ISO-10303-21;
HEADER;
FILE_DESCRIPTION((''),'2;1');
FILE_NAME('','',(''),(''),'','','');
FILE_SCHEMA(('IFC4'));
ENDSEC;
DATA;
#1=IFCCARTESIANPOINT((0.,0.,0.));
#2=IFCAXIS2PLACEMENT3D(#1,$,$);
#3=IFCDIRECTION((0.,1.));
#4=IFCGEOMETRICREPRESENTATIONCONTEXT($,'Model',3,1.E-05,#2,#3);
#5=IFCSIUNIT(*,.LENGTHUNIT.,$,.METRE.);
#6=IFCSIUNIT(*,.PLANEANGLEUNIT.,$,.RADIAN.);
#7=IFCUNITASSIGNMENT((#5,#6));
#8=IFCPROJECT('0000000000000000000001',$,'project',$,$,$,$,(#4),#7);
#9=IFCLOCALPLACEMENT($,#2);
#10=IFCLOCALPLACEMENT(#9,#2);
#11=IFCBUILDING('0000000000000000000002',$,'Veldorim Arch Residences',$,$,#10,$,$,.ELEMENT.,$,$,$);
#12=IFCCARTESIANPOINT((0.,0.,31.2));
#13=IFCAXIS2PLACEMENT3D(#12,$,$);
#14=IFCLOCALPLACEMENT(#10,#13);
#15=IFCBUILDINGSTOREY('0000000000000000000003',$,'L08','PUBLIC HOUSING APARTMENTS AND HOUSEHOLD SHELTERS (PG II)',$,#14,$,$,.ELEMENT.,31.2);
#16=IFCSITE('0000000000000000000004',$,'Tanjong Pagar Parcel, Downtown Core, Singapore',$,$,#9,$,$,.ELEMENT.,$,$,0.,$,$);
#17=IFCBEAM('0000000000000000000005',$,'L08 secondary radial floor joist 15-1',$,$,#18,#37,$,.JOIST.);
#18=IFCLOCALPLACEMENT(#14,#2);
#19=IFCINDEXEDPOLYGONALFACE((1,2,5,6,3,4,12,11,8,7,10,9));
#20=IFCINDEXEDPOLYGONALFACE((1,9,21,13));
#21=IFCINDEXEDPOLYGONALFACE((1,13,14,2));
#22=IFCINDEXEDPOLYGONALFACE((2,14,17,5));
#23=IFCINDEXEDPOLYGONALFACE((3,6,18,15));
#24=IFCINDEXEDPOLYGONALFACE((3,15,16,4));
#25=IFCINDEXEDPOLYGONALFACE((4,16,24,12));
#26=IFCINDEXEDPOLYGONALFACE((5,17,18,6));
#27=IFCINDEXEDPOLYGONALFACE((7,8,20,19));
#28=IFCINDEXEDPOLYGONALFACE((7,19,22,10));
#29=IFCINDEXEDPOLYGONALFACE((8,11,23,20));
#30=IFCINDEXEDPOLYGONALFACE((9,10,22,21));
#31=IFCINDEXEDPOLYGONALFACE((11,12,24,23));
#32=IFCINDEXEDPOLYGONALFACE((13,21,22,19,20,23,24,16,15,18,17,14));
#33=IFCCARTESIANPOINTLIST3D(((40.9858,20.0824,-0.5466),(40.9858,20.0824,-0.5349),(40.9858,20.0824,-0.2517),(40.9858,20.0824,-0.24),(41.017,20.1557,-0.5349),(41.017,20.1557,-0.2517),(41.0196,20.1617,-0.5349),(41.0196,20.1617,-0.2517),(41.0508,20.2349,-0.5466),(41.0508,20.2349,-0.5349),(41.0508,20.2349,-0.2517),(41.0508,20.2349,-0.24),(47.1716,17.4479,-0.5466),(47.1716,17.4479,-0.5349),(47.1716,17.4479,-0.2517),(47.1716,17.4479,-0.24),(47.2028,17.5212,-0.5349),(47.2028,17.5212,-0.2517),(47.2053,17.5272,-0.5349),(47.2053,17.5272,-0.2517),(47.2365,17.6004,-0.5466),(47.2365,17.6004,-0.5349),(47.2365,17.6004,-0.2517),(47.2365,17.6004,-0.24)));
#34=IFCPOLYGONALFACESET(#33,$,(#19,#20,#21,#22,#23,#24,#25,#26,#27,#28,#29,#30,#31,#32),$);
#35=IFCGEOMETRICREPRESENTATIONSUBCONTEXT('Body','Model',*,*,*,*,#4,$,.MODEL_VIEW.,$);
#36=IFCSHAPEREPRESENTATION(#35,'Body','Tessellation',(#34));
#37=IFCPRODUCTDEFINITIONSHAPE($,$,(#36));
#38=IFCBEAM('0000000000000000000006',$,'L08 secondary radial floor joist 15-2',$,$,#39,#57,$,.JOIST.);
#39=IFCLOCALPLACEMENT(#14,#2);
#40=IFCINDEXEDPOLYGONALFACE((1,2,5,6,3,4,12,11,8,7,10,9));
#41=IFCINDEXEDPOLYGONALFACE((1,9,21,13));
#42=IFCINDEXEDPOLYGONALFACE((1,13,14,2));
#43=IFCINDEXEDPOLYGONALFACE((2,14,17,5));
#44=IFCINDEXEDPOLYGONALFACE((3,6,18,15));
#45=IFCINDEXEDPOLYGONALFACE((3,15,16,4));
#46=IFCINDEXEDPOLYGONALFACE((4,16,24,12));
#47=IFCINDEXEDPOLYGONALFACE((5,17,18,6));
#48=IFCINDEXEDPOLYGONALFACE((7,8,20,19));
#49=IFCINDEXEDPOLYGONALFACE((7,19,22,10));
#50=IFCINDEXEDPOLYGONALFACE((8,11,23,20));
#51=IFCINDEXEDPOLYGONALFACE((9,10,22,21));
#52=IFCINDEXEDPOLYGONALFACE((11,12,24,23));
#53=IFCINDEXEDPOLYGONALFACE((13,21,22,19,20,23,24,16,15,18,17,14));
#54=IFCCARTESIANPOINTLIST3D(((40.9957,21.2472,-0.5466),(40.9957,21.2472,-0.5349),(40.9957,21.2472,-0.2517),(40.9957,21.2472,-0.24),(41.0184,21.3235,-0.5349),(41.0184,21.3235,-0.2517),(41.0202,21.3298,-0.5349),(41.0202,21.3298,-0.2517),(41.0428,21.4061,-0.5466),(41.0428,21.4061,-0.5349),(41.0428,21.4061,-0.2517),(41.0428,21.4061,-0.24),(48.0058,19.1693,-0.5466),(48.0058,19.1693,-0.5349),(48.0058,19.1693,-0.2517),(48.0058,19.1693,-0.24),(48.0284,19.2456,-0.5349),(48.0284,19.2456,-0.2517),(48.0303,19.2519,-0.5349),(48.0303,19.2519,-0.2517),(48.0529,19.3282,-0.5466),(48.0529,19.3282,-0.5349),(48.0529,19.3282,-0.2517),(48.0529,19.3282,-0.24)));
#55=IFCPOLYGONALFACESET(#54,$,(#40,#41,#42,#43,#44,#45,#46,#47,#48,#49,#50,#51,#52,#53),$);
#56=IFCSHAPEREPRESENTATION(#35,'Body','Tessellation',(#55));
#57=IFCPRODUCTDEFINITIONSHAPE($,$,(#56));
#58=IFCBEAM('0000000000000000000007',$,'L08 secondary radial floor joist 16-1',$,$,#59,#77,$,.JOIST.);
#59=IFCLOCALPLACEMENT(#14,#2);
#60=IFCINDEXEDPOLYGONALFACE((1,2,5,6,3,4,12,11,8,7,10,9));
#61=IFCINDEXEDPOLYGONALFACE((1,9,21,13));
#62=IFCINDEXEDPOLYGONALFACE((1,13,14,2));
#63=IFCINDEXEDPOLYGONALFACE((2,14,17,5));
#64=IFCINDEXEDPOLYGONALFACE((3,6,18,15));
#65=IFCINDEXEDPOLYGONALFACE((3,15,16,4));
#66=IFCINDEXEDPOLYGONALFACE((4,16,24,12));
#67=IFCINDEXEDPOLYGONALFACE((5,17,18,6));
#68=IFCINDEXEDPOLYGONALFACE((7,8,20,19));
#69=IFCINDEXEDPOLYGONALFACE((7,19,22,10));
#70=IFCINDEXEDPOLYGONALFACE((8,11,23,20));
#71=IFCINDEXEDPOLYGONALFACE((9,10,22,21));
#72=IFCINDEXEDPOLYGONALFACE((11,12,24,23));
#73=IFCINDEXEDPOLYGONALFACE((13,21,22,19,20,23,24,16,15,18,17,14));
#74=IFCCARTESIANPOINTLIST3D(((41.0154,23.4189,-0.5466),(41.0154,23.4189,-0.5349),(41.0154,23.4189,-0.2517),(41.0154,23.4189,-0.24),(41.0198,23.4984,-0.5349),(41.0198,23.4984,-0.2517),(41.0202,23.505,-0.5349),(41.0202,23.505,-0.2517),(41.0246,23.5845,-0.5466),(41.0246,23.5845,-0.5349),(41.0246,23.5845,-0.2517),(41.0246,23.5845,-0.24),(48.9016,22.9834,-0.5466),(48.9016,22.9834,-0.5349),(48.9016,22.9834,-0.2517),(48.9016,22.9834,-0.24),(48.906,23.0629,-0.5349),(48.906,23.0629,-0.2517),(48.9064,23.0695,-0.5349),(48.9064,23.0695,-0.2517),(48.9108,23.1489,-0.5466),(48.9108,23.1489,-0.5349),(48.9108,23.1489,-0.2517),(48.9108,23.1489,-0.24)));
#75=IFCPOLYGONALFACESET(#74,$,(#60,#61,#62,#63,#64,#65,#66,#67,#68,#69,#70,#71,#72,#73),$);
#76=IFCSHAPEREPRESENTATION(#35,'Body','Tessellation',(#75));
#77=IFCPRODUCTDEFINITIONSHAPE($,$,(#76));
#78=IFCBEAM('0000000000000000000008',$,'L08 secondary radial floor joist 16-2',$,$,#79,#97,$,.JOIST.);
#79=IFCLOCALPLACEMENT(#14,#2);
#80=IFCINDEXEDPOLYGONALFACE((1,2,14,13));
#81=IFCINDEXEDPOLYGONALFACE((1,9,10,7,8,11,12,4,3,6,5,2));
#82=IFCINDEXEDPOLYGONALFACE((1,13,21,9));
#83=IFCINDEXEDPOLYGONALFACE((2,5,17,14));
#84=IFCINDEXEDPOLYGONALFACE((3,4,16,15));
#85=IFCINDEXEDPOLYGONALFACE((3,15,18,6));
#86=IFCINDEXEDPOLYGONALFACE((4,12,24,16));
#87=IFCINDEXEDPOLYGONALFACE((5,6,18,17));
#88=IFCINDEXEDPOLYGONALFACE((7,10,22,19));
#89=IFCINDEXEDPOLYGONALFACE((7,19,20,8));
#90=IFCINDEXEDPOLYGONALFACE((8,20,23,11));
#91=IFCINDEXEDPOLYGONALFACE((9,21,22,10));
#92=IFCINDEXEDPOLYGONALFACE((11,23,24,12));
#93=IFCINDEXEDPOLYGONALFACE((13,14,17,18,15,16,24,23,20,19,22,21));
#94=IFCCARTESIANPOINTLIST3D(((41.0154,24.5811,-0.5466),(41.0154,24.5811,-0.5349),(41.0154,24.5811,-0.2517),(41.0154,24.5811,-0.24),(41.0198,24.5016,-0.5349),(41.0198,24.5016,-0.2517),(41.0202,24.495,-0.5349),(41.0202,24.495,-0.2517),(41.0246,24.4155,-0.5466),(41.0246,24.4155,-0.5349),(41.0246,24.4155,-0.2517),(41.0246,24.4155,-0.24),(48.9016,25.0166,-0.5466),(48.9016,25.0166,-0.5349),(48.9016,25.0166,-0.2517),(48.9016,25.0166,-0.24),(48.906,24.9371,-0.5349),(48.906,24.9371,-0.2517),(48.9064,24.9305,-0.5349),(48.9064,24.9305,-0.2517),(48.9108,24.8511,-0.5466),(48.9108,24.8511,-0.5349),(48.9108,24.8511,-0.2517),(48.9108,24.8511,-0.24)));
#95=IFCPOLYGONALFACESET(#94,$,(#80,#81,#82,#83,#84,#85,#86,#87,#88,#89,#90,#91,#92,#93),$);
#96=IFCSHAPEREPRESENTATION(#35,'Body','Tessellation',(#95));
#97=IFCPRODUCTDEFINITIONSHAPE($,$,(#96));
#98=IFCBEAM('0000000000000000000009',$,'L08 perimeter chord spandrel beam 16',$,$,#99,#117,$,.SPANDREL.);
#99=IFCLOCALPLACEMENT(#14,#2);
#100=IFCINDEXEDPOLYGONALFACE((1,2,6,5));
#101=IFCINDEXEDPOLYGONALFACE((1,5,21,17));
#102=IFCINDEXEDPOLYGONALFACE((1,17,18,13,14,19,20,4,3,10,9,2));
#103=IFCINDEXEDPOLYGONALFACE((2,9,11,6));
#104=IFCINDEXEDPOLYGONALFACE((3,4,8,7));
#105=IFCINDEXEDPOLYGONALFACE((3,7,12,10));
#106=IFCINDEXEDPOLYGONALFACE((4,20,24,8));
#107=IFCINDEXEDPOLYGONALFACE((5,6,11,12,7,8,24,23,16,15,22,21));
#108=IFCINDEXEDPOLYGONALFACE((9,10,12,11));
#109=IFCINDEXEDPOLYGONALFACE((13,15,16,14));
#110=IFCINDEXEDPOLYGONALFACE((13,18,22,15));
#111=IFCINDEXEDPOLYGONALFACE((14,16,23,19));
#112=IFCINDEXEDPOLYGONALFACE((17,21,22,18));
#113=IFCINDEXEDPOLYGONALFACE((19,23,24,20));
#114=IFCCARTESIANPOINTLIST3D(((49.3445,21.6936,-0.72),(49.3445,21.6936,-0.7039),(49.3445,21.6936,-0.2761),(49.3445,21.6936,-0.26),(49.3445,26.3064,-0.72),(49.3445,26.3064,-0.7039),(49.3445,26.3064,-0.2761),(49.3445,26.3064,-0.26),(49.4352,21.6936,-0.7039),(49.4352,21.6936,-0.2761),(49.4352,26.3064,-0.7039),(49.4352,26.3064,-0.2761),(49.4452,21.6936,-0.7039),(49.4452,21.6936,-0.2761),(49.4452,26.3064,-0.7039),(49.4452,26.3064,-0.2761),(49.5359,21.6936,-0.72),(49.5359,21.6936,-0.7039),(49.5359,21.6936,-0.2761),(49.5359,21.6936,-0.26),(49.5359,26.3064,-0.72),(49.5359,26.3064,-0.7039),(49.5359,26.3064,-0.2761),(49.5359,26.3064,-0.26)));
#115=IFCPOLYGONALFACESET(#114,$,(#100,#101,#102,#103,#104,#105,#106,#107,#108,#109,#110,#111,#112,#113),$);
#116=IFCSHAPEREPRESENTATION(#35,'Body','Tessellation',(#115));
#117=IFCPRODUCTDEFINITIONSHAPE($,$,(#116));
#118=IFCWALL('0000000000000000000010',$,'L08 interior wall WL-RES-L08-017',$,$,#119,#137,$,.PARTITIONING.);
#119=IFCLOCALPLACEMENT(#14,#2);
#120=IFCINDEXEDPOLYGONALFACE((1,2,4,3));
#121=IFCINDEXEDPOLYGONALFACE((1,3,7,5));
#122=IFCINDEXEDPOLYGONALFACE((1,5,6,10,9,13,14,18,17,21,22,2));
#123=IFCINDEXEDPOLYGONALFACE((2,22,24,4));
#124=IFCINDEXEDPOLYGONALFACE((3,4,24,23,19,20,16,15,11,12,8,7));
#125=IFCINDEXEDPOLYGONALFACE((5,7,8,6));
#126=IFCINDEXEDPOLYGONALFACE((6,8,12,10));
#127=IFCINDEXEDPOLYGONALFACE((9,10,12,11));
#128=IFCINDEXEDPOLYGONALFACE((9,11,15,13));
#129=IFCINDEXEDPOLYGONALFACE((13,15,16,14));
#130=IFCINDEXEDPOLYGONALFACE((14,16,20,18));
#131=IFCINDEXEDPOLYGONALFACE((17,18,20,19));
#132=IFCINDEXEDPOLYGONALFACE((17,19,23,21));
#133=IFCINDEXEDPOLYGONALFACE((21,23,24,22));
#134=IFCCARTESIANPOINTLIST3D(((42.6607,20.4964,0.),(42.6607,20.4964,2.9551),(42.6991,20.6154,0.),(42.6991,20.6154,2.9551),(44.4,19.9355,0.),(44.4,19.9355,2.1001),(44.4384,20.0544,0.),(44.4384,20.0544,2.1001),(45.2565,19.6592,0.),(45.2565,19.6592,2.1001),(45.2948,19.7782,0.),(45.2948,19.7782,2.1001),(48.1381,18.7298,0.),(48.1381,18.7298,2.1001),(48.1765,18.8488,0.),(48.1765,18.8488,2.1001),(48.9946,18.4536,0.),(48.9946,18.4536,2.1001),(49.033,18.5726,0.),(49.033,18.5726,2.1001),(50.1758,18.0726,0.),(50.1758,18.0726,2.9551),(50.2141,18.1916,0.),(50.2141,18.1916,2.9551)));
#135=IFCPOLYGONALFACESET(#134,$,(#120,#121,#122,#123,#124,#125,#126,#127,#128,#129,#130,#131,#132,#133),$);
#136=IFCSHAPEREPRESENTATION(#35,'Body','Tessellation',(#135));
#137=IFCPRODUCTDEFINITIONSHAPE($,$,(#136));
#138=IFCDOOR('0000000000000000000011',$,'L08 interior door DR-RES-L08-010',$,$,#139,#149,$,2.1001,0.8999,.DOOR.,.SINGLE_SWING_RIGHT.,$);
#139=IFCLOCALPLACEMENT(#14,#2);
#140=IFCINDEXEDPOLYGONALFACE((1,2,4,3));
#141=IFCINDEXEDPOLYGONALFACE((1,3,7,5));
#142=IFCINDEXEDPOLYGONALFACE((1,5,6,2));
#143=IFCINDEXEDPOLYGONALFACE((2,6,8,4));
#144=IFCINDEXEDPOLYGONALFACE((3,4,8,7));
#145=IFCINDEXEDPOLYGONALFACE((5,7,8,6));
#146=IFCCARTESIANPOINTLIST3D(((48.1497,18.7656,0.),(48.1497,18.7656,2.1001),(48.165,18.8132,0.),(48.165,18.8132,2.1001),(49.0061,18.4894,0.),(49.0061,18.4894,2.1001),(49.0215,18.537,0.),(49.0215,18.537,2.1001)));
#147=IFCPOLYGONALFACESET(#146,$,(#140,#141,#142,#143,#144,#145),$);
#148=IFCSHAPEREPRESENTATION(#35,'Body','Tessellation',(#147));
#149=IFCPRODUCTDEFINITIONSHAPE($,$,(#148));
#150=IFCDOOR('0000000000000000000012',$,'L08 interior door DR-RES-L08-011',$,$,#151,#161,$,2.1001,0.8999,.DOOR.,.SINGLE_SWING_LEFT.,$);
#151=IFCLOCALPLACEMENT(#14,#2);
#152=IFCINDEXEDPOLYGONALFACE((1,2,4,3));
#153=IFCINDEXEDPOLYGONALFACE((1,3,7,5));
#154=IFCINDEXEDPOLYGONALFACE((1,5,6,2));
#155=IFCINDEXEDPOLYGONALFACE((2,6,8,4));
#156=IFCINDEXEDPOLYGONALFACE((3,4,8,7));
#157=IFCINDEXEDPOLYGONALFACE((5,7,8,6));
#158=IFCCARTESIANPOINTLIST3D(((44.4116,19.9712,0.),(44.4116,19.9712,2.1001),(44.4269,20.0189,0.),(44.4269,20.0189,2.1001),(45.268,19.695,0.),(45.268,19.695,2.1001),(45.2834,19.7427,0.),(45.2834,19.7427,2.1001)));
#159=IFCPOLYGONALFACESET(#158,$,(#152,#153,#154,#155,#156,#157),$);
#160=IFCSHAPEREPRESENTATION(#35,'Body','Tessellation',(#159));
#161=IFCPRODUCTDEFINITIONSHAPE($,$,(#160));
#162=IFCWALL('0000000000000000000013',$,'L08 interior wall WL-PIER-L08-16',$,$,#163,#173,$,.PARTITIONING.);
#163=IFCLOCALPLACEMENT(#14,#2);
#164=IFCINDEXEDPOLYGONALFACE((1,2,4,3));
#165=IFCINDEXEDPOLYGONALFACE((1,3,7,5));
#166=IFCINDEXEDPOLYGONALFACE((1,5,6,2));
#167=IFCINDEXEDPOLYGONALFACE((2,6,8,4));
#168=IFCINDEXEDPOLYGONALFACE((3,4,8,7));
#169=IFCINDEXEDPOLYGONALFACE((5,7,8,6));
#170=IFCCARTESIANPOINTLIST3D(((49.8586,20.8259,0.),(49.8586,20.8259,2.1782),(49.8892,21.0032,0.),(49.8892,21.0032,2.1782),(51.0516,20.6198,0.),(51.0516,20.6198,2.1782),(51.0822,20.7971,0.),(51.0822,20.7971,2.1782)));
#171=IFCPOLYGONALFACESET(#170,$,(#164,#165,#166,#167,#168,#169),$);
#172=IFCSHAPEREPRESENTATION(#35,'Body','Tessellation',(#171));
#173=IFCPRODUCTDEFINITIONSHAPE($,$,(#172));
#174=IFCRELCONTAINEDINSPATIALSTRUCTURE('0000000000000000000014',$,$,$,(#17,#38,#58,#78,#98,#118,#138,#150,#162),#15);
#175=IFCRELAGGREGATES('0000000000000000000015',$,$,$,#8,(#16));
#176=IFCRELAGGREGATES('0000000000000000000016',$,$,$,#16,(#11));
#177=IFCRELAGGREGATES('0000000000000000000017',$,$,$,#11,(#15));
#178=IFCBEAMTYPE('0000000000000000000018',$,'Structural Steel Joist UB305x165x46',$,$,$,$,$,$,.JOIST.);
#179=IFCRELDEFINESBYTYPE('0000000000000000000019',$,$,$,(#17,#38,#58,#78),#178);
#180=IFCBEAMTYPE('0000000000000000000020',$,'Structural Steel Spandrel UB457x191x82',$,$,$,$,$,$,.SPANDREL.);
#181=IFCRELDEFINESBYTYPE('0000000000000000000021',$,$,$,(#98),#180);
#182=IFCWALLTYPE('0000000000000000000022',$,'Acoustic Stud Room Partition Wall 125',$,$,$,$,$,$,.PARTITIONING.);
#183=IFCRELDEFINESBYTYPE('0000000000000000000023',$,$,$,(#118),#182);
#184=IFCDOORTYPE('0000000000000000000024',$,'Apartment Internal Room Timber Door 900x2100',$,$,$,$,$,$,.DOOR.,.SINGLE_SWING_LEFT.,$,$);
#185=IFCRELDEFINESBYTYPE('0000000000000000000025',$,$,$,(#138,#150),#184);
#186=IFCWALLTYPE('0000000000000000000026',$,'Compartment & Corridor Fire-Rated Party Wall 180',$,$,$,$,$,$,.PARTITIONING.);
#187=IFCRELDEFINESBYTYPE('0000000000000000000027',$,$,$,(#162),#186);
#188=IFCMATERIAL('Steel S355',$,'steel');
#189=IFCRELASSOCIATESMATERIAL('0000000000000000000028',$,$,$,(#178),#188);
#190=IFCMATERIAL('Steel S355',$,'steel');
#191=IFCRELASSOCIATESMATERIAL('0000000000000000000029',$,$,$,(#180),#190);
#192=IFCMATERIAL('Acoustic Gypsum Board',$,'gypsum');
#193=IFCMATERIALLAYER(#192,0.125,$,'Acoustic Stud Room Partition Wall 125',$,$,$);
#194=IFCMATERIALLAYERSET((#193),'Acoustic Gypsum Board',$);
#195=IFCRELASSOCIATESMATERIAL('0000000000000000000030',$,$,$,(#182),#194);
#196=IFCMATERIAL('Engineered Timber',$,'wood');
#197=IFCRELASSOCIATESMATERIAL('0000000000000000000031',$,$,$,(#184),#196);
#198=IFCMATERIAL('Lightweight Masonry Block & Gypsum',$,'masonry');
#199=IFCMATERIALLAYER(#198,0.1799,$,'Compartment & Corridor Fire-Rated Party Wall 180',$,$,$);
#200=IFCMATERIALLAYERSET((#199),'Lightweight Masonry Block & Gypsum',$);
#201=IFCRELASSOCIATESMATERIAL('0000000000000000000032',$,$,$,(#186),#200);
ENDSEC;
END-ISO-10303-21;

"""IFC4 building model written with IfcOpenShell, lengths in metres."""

from ifc_helpers import new_model, si_unit, direction, frame, frame_2d, origin, origin_2d, place, context, subcontext, project, spatial, rectangle, i_section, extrude, material, layer, layer_set, material_profile, profile_set, type_object, element, fill, save


model = new_model("IFC4")

# Units and contexts
model_context = context("Model", 3, precision=1e-05, world=origin(), true_north=direction((0.0, 1.0)))
body_context = subcontext(model_context, "Body", "Model", "MODEL_VIEW")
ifc_project = project(units=[si_unit("LENGTHUNIT", "METRE"), si_unit("PLANEANGLEUNIT", "RADIAN")], contexts=[model_context])

# Site, building, storey
site_placement = place(None, origin())
site = spatial("IfcSite", under=ifc_project, at=site_placement, Name="Tanjong Pagar Parcel, Downtown Core, Singapore", CompositionType="ELEMENT", RefElevation=0.0)
building_placement = place(site_placement, origin())
building = spatial("IfcBuilding", under=site, at=building_placement, Name="Veldorim Arch Residences", CompositionType="ELEMENT")
storey_placement = place(building_placement, frame((0.0, 0.0, 31.2)))
storey = spatial("IfcBuildingStorey", under=building, at=storey_placement, Name="L08", Description="PUBLIC HOUSING APARTMENTS AND HOUSEHOLD SHELTERS (PG II)", CompositionType="ELEMENT", Elevation=31.2)

# Beams
ifc_material_1 = material(Name="Steel S355", Category="steel")
ifc_material_profile_1 = material_profile(ifc_material_1, i_section(OverallWidth=0.1658, OverallDepth=0.3066, WebThickness=0.0066, FlangeThickness=0.0117, at=origin_2d()), Name="UB305x165x46")
ifc_profile_set_1 = profile_set([ifc_material_profile_1], Name="Steel S355")
beam_type_1 = type_object("IfcBeamType", Name="Structural Steel Joist UB305x165x46", PredefinedType="JOIST", material=ifc_profile_set_1)
beam_1_placement = place(storey_placement, frame((41.0183, 20.1587, -0.3933), z_axis=(0.920033, -0.391841, 0.0), x_axis=(0.391841, 0.920033, 0.0)))
element("IfcBeam", 1, at=beam_1_placement, inside=storey, type_object=beam_type_1, Name="L08 secondary radial floor joist 15-1", PredefinedType="JOIST", context=body_context, shape_type="SweptSolid", body=[
    extrude(i_section(OverallWidth=0.1658, OverallDepth=0.3066, WebThickness=0.0066, FlangeThickness=0.0117, at=origin_2d()), origin(), (0.0, 0.0, 1.0), 6.7234),
])
beam_2_placement = place(storey_placement, frame((41.0193, 21.3267, -0.3933), z_axis=(0.958767, -0.284194, 0.0), x_axis=(0.284194, 0.958767, 0.0)))
element("IfcBeam", 2, at=beam_2_placement, inside=storey, type_object=beam_type_1, Name="L08 secondary radial floor joist 15-2", PredefinedType="JOIST", context=body_context, shape_type="SweptSolid", body=[
    extrude(i_section(OverallWidth=0.1658, OverallDepth=0.3066, WebThickness=0.0066, FlangeThickness=0.0117, at=origin_2d()), origin(), (0.0, 0.0, 1.0), 7.3115),
])
for number, where, z_axis, x_axis, name in (
    (3, (41.02, 23.5017, -0.3933), (0.998478, -0.055145, 0.0), (0.055145, 0.998478, 0.0), "L08 secondary radial floor joist 16-1"),
    (4, (41.02, 24.4983, -0.3933), (0.998478, 0.055145, 0.0), (-0.055145, 0.998478, 0.0), "L08 secondary radial floor joist 16-2"),
):
    element("IfcBeam", number, at=place(storey_placement, frame(where, z_axis=z_axis, x_axis=x_axis)), inside=storey, type_object=beam_type_1, Name=name, PredefinedType="JOIST", context=body_context, shape_type="SweptSolid", body=[
        extrude(i_section(OverallWidth=0.1658, OverallDepth=0.3066, WebThickness=0.0066, FlangeThickness=0.0117, at=origin_2d()), origin(), (0.0, 0.0, 1.0), 7.8982),
    ])
ifc_material_2 = material(Name="Steel S355", Category="steel")
ifc_material_profile_2 = material_profile(ifc_material_2, i_section(OverallWidth=0.1914, OverallDepth=0.46, WebThickness=0.01, FlangeThickness=0.0161, at=origin_2d()), Name="UB457x191x82")
ifc_profile_set_2 = profile_set([ifc_material_profile_2], Name="Steel S355")
beam_type_2 = type_object("IfcBeamType", Name="Structural Steel Spandrel UB457x191x82", PredefinedType="SPANDREL", material=ifc_profile_set_2)
beam_3_placement = place(storey_placement, frame((49.4402, 21.6936, -0.49), z_axis=(0.0, 1.0, 0.0), x_axis=(-1.0, 0.0, 0.0)))
element("IfcBeam", 5, at=beam_3_placement, inside=storey, type_object=beam_type_2, Name="L08 perimeter chord spandrel beam 16", PredefinedType="SPANDREL", context=body_context, shape_type="SweptSolid", body=[
    extrude(i_section(OverallWidth=0.1914, OverallDepth=0.46, WebThickness=0.01, FlangeThickness=0.0161, at=origin_2d()), origin(), (0.0, 0.0, 1.0), 4.6128),
])

# Wall, openings, doors
ifc_material_3 = material(Name="Acoustic Gypsum Board", Category="gypsum")
ifc_layer_1 = layer(ifc_material_3, 0.125, Name="Acoustic Stud Room Partition Wall 125")
ifc_layer_set_1 = layer_set([ifc_layer_1], Name="Acoustic Gypsum Board")
wall_type_1 = type_object("IfcWallType", Name="Acoustic Stud Room Partition Wall 125", PredefinedType="PARTITIONING", material=ifc_layer_set_1)
wall_1_placement = place(storey_placement, frame((50.1951, 18.1321, 0.0), z_axis=(0.0, 0.0, 1.0), x_axis=(-0.951724, 0.306956, 0.0)))
wall_1 = element("IfcWall", 6, at=wall_1_placement, inside=storey, type_object=wall_type_1, Name="L08 interior wall WL-RES-L08-017", PredefinedType="PARTITIONING", context=body_context, shape_type="SweptSolid", body=[
    extrude(rectangle(XDim=7.8962, YDim=0.125, at=frame_2d((3.9482, 0.0))), origin(), (0.0, 0.0, 1.0), 2.9551),
])
opening_1_placement = place(wall_1_placement, frame((1.2412, 0.0, 0.0)))
opening_1 = element("IfcOpeningElement", 7, at=opening_1_placement, cuts=wall_1, PredefinedType="OPENING", context=body_context, shape_type="SweptSolid", body=[
    extrude(rectangle(XDim=0.8999, YDim=2.1001, at=frame_2d((0.45, 1.05))), frame((0.0, 0.0725, 0.0), z_axis=(0.0, -1.0, 0.0), x_axis=(1.0, 0.0, 0.0)), (0.0, 0.0, 1.0), 0.145),
])
opening_2_placement = place(wall_1_placement, frame((5.1689, 0.0, 0.0)))
opening_2 = element("IfcOpeningElement", 8, at=opening_2_placement, cuts=wall_1, PredefinedType="OPENING", context=body_context, shape_type="SweptSolid", body=[
    extrude(rectangle(XDim=0.8999, YDim=2.1001, at=frame_2d((0.45, 1.05))), frame((0.0, 0.0725, 0.0), z_axis=(0.0, -1.0, 0.0), x_axis=(1.0, 0.0, 0.0)), (0.0, 0.0, 1.0), 0.145),
])
ifc_material_4 = material(Name="Engineered Timber", Category="wood")
door_type_1 = type_object("IfcDoorType", Name="Apartment Internal Room Timber Door 900x2100", OperationType="SINGLE_SWING_LEFT", PredefinedType="DOOR", material=ifc_material_4)
door_1_placement = place(opening_1_placement, origin())
door_1 = element("IfcDoor", 9, at=door_1_placement, inside=storey, type_object=door_type_1, Name="L08 interior door DR-RES-L08-010", OperationType="SINGLE_SWING_RIGHT", OverallHeight=2.1001, OverallWidth=0.8999, PredefinedType="DOOR", context=body_context, shape_type="SweptSolid", body=[
    extrude(rectangle(XDim=0.8999, YDim=2.1001, at=frame_2d((0.45, 1.05))), frame((0.0, 0.0249, 0.0), z_axis=(0.0, -1.0, 0.0), x_axis=(1.0, 0.0, 0.0)), (0.0, 0.0, 1.0), 0.05),
])
fill(opening_1, door_1)
door_2_placement = place(opening_2_placement, origin())
door_2 = element("IfcDoor", 10, at=door_2_placement, inside=storey, type_object=door_type_1, Name="L08 interior door DR-RES-L08-011", OperationType="SINGLE_SWING_LEFT", OverallHeight=2.1001, OverallWidth=0.8999, PredefinedType="DOOR", context=body_context, shape_type="SweptSolid", body=[
    extrude(rectangle(XDim=0.8999, YDim=2.1001, at=frame_2d((0.45, 1.05))), frame((0.0, 0.0249, 0.0), z_axis=(0.0, -1.0, 0.0), x_axis=(1.0, 0.0, 0.0)), (0.0, 0.0, 1.0), 0.05),
])
fill(opening_2, door_2)

# Wall
ifc_material_5 = material(Name="Lightweight Masonry Block & Gypsum", Category="masonry")
ifc_layer_2 = layer(ifc_material_5, 0.1799, Name="Compartment & Corridor Fire-Rated Party Wall 180")
ifc_layer_set_2 = layer_set([ifc_layer_2], Name="Lightweight Masonry Block & Gypsum")
wall_type_2 = type_object("IfcWallType", Name="Compartment & Corridor Fire-Rated Party Wall 180", PredefinedType="PARTITIONING", material=ifc_layer_set_2)
wall_2_placement = place(storey_placement, frame((49.8738, 20.9146, 0.0), z_axis=(0.0, 0.0, 1.0), x_axis=(0.985412, -0.170184, 0.0)))
element("IfcWall", 11, at=wall_2_placement, inside=storey, type_object=wall_type_2, Name="L08 interior wall WL-PIER-L08-16", PredefinedType="PARTITIONING", context=body_context, shape_type="SweptSolid", body=[
    extrude(rectangle(XDim=1.2107, YDim=0.1799, at=frame_2d((0.6055, 0.0))), origin(), (0.0, 0.0, 1.0), 2.1782),
])

save(model, "model.ifc")
